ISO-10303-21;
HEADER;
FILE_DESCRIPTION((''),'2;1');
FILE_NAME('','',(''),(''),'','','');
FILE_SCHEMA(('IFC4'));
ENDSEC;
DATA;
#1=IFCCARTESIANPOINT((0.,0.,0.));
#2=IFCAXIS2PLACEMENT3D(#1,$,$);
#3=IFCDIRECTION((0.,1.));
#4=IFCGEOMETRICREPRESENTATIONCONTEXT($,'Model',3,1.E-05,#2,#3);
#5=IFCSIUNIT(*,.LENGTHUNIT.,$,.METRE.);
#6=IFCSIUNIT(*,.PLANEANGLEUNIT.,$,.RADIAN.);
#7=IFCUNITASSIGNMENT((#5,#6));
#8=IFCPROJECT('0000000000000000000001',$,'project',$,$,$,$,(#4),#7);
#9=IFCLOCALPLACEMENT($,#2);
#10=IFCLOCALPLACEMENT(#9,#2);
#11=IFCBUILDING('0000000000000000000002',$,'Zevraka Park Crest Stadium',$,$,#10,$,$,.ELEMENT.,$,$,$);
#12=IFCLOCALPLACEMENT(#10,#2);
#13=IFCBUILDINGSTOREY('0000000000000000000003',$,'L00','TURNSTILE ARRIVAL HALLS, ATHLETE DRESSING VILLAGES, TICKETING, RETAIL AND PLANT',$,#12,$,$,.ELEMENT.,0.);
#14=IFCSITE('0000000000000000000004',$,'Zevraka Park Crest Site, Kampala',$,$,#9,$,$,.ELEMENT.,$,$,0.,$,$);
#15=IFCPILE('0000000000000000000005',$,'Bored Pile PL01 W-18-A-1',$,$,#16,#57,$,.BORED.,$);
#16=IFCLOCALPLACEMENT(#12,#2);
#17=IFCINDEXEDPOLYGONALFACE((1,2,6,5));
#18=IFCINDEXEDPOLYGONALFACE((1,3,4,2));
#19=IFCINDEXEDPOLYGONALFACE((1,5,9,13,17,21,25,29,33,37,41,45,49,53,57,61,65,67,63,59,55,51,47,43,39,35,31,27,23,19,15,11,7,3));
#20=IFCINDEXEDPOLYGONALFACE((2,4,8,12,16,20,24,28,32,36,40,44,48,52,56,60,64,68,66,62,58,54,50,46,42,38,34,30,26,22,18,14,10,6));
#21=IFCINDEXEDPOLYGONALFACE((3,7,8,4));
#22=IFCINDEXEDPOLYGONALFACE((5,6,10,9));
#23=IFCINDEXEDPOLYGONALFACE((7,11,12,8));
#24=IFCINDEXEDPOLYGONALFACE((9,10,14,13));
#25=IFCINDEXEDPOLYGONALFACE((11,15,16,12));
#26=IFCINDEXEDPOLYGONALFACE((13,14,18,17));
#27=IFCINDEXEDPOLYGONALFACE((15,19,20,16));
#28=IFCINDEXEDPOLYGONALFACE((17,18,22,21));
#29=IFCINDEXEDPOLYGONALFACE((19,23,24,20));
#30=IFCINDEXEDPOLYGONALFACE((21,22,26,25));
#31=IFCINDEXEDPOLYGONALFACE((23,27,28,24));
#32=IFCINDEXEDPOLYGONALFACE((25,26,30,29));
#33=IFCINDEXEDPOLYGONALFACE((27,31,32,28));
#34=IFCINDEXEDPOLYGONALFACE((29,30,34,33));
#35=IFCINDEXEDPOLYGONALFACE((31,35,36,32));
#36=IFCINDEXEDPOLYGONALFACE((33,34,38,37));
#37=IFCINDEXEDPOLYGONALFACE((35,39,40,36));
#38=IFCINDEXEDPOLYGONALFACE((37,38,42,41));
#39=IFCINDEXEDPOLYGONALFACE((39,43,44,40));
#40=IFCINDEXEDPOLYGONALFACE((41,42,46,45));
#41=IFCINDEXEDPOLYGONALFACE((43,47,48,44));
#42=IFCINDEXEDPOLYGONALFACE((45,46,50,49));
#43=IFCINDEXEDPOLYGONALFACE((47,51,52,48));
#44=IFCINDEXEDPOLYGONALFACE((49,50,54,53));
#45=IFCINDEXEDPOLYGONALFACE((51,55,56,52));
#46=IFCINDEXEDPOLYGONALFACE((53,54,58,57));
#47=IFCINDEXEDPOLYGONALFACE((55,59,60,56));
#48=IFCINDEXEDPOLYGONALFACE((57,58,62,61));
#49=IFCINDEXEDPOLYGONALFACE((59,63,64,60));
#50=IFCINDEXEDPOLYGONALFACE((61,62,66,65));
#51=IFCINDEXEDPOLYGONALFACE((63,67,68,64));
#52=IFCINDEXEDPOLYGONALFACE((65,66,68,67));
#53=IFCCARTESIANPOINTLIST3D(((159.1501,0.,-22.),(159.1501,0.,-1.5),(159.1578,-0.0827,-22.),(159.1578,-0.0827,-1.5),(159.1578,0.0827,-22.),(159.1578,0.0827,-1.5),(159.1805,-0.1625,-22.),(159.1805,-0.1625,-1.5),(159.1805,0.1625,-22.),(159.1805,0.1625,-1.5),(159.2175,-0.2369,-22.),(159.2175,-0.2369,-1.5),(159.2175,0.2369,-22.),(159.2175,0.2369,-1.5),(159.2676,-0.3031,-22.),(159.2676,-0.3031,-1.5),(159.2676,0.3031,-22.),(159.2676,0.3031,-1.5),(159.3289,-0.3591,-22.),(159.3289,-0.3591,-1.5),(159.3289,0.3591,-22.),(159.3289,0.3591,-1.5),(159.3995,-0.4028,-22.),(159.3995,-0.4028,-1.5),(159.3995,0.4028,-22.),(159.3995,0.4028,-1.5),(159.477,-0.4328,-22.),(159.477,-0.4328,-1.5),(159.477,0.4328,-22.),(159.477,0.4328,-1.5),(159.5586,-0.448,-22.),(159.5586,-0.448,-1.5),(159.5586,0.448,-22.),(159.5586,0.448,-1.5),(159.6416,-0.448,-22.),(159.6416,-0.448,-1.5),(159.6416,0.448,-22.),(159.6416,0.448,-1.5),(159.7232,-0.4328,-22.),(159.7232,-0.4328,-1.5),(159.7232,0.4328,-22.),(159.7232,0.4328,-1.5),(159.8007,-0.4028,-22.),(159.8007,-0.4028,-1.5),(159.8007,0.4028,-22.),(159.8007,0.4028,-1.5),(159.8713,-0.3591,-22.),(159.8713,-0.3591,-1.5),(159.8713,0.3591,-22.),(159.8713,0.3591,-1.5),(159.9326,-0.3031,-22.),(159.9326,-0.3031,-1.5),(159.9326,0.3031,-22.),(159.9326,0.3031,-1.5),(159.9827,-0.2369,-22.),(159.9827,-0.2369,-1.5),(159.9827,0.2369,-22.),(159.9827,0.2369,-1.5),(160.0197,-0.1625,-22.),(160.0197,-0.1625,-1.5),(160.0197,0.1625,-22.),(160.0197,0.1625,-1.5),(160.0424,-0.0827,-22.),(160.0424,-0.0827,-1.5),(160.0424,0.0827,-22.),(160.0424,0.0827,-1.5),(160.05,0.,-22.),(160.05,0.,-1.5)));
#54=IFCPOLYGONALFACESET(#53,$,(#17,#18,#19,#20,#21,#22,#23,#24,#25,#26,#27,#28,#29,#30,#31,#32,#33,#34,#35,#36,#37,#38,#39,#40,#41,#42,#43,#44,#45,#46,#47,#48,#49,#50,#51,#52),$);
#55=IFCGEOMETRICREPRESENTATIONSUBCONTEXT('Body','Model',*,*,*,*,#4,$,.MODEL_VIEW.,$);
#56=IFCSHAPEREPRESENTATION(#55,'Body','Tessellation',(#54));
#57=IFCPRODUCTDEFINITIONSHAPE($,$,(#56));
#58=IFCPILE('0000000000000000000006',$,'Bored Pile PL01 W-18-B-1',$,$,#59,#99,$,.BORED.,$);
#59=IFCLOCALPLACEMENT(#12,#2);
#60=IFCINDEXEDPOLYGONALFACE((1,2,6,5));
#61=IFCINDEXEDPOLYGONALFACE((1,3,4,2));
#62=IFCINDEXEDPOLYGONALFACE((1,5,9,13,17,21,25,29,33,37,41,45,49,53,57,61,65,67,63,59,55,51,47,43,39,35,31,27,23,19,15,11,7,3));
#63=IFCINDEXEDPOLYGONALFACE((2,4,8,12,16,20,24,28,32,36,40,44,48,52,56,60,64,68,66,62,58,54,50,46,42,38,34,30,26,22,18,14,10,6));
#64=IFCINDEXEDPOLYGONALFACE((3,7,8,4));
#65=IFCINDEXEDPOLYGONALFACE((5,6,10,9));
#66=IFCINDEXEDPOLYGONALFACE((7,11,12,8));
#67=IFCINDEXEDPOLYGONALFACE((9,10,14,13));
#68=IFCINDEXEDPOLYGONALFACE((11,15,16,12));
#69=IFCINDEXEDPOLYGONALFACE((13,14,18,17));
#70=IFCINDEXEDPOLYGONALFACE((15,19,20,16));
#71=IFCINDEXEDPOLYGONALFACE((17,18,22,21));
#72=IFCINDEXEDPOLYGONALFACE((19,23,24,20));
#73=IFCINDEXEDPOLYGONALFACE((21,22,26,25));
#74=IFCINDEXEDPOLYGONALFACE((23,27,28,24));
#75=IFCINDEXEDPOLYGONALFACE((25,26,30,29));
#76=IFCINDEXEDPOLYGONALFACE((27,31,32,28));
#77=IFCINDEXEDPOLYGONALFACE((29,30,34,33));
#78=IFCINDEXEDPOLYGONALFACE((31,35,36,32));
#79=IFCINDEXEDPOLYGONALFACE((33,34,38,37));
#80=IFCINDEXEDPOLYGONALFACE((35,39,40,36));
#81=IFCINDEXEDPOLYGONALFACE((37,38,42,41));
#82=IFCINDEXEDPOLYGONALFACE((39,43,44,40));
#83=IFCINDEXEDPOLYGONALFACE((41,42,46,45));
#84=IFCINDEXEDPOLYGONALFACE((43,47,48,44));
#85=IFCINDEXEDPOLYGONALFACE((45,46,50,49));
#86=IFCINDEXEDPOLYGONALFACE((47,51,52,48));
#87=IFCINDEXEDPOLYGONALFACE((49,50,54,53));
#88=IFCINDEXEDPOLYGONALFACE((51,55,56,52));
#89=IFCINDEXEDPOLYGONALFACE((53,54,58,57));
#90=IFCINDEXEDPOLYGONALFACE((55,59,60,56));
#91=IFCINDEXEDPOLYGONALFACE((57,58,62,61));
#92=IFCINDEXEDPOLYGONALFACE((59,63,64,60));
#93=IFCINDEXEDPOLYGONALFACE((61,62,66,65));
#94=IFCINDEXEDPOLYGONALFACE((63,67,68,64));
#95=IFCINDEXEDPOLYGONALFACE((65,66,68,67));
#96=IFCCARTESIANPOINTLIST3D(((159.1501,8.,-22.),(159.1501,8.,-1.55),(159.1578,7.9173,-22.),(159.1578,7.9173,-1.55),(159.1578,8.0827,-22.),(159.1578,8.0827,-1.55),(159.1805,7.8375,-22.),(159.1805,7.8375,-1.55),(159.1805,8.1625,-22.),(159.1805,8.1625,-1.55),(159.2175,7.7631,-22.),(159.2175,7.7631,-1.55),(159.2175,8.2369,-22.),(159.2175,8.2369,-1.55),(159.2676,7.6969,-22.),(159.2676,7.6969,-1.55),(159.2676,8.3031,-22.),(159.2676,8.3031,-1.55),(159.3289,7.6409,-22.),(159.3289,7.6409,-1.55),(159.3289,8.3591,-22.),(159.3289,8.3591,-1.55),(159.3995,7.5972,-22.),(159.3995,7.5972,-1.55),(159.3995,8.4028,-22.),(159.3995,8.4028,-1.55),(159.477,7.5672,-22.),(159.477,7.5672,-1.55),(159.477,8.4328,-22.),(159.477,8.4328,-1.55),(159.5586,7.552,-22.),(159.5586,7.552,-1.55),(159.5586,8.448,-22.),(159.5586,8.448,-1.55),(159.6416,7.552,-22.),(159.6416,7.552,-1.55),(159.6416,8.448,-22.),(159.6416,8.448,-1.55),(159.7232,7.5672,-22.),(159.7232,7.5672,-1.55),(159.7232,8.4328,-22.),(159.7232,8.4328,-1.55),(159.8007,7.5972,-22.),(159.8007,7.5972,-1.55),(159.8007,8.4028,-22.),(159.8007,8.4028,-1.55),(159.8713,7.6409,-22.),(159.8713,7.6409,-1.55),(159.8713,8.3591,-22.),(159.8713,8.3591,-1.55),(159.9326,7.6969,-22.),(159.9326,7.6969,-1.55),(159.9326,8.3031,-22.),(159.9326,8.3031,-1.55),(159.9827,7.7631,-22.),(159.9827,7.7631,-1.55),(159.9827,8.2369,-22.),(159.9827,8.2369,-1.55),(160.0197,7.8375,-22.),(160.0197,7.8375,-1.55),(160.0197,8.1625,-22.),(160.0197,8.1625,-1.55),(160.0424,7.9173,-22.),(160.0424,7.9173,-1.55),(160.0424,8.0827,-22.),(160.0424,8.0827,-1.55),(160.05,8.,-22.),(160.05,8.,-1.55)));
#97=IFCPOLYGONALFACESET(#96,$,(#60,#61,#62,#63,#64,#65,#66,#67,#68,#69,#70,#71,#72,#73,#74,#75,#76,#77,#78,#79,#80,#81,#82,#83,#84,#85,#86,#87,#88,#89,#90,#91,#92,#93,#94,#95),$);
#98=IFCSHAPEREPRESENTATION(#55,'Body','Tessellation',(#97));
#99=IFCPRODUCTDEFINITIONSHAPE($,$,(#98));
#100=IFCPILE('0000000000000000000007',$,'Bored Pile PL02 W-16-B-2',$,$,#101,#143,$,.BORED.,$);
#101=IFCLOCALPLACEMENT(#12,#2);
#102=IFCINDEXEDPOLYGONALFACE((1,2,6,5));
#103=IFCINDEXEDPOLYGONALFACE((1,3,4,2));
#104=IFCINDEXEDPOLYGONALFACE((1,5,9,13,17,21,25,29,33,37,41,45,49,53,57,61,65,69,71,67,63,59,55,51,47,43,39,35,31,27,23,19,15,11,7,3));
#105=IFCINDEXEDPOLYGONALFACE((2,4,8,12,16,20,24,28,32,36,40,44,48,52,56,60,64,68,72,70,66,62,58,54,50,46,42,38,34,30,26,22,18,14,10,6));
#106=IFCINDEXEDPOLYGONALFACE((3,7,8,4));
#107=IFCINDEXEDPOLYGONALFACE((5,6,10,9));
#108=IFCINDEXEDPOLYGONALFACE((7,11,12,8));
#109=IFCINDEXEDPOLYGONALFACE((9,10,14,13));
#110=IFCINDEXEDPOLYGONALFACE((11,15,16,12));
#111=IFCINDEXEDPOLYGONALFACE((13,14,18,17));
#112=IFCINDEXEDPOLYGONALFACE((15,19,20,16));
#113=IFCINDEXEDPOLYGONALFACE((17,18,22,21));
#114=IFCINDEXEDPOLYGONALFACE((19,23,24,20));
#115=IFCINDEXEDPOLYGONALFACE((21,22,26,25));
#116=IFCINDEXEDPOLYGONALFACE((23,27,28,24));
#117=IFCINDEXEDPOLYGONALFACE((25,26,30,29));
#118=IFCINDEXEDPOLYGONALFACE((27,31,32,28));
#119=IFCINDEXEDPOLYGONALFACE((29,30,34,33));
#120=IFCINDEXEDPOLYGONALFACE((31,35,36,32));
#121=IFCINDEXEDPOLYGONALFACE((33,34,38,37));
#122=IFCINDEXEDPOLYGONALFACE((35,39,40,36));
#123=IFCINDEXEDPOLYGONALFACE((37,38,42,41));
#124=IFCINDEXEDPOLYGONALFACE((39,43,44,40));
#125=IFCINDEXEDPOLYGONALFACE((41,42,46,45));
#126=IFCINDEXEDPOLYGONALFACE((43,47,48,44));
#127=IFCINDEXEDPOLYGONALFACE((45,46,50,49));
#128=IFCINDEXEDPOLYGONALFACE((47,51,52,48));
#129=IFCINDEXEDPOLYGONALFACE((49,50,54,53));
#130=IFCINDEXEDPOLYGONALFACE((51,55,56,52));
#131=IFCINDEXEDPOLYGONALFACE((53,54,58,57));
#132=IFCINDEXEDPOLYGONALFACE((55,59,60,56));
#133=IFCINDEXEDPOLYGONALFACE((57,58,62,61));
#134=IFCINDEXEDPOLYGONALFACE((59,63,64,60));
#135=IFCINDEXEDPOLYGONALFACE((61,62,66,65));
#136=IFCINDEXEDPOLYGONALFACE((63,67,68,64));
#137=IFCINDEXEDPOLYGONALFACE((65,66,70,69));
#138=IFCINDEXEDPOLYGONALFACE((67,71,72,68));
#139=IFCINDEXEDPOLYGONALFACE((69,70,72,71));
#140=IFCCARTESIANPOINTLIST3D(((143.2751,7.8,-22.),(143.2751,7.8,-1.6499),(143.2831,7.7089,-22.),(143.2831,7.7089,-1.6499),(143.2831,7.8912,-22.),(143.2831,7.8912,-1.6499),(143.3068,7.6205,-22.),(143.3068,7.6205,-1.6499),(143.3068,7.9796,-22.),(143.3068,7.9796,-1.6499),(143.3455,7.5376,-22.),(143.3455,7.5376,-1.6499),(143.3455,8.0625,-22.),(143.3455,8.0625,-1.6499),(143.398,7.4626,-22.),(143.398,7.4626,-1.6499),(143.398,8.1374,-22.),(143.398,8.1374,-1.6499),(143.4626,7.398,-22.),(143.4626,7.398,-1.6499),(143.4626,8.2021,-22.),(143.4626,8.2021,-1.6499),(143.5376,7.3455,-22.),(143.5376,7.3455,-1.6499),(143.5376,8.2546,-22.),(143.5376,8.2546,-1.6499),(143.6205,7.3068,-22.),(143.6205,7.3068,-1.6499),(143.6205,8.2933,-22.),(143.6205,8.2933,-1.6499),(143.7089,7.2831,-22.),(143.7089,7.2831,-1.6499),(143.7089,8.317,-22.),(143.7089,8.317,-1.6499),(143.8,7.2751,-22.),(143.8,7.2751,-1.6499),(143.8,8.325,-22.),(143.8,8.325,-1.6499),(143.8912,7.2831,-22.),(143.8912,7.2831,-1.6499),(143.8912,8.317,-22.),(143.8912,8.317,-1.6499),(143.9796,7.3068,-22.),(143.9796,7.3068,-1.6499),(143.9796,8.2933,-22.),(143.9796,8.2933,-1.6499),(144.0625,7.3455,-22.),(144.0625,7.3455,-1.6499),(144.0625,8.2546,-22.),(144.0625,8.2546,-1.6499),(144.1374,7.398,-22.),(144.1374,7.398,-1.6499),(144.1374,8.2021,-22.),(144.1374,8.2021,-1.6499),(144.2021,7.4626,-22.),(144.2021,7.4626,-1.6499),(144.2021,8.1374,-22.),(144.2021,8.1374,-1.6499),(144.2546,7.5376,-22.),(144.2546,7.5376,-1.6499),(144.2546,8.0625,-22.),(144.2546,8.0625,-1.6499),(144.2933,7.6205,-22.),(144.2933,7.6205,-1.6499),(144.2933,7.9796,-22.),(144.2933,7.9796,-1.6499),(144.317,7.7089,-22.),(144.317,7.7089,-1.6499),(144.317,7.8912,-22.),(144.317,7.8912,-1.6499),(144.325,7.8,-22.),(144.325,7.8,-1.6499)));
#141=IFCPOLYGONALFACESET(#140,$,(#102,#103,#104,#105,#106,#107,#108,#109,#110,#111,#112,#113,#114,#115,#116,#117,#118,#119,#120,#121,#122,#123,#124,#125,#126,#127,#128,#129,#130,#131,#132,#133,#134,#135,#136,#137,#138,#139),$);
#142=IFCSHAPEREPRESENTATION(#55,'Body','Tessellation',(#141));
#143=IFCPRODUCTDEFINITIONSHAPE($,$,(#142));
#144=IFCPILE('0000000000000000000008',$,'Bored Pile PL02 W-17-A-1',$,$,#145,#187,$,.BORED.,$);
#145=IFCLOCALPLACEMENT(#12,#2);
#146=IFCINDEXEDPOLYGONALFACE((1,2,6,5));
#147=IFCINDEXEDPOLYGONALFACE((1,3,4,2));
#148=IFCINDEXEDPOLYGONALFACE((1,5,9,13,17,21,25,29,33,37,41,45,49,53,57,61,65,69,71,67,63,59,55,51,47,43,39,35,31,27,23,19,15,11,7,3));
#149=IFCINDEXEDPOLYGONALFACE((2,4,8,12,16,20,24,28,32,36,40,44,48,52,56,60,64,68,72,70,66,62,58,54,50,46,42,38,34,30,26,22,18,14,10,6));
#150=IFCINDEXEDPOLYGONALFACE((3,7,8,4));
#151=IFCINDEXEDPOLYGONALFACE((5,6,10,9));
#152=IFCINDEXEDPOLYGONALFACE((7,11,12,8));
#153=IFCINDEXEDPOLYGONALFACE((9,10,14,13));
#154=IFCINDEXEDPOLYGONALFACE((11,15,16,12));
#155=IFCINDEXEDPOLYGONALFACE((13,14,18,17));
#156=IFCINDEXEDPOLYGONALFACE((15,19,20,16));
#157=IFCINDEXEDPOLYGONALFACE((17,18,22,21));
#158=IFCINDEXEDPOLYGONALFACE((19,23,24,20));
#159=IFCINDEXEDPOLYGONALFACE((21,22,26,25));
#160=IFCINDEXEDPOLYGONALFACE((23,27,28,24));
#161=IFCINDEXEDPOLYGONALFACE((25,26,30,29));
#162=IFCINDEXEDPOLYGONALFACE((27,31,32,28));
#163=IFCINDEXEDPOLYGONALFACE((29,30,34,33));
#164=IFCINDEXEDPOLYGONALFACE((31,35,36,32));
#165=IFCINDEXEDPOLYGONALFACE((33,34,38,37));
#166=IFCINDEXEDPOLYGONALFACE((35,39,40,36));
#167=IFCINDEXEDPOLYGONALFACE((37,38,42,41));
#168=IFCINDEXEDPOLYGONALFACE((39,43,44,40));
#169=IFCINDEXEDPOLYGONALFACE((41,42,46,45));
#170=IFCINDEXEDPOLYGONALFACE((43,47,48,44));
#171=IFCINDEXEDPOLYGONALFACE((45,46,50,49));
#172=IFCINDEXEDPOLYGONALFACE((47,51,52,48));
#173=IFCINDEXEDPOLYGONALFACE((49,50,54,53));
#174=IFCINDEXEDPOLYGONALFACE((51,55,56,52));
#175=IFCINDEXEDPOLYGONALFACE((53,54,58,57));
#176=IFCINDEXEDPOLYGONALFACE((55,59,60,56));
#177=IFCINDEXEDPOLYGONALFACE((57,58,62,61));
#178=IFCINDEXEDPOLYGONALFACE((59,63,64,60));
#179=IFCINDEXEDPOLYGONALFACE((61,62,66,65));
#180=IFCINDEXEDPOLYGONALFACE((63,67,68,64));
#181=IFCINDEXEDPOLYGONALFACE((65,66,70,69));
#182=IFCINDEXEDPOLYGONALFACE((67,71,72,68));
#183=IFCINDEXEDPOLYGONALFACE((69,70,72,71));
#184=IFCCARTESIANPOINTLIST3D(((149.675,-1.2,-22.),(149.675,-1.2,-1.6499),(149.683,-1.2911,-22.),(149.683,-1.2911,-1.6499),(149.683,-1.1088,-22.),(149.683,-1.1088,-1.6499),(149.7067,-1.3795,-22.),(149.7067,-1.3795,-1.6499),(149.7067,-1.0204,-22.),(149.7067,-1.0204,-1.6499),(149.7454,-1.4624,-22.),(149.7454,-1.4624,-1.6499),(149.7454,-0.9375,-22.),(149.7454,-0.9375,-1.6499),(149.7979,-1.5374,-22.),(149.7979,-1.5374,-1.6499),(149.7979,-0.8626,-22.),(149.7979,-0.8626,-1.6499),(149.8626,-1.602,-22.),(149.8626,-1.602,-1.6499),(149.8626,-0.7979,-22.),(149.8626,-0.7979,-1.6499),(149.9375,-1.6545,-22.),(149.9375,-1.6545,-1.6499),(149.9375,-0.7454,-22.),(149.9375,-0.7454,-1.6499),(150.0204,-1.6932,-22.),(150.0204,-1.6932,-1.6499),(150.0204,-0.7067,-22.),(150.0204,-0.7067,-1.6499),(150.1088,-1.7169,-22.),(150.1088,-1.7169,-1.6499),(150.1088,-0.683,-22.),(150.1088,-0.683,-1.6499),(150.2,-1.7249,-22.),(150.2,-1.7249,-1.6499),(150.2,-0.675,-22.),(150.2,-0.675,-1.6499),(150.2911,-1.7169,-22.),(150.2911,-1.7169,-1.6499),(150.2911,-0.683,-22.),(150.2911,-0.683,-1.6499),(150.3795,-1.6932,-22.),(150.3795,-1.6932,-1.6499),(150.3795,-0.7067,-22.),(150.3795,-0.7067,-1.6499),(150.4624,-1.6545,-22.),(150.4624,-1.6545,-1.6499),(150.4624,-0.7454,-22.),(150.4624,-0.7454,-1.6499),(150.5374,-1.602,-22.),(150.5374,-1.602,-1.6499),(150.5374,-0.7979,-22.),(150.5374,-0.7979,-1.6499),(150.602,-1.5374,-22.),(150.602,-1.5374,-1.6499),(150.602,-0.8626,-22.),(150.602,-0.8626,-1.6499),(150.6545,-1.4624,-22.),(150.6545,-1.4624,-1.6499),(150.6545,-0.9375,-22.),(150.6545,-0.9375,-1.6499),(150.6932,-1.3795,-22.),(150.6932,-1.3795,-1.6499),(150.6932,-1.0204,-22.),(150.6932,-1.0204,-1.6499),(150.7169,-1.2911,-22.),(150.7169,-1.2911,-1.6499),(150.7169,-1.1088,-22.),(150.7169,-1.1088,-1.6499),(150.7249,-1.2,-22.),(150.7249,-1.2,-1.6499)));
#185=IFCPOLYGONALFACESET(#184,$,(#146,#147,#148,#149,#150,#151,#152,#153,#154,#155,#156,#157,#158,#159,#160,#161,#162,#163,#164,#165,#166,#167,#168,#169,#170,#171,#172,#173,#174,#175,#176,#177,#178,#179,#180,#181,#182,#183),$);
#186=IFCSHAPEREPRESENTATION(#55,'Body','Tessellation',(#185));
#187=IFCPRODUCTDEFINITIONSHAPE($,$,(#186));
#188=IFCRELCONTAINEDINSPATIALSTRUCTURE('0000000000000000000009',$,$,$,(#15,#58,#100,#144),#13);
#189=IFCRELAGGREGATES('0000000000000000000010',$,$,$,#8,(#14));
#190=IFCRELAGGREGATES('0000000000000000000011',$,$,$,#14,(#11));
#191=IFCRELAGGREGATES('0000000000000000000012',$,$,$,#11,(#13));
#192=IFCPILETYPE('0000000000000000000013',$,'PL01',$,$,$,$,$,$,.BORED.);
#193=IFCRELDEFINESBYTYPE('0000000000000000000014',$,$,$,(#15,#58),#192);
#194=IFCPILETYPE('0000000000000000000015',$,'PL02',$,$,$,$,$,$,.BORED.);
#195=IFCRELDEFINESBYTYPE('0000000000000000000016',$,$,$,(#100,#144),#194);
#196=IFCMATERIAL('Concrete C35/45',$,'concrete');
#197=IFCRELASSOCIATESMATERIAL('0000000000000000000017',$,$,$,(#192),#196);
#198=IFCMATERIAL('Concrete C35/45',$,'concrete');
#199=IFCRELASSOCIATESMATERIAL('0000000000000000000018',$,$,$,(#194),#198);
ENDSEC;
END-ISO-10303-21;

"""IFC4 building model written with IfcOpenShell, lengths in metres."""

from ifc_helpers import new_model, si_unit, direction, frame, origin, origin_2d, place, context, subcontext, project, spatial, circle, extrude, material, material_profile, profile_set, type_object, element, save


model = new_model("IFC4")

# Units and contexts
model_context = context("Model", 3, precision=1e-05, world=origin(), true_north=direction((0.0, 1.0)))
body_context = subcontext(model_context, "Body", "Model", "MODEL_VIEW")
ifc_project = project(units=[si_unit("LENGTHUNIT", "METRE"), si_unit("PLANEANGLEUNIT", "RADIAN")], contexts=[model_context])

# Site, building, storey
site_placement = place(None, origin())
site = spatial("IfcSite", under=ifc_project, at=site_placement, Name="Zevraka Park Crest Site, Kampala", CompositionType="ELEMENT", RefElevation=0.0)
building_placement = place(site_placement, origin())
building = spatial("IfcBuilding", under=site, at=building_placement, Name="Zevraka Park Crest Stadium", CompositionType="ELEMENT")
storey_placement = place(building_placement, origin())
storey = spatial("IfcBuildingStorey", under=building, at=storey_placement, Name="L00", Description="TURNSTILE ARRIVAL HALLS, ATHLETE DRESSING VILLAGES, TICKETING, RETAIL AND PLANT", CompositionType="ELEMENT", Elevation=0.0)

# Piles
ifc_material_1 = material(Name="Concrete C35/45", Category="concrete")
ifc_material_profile_1 = material_profile(ifc_material_1, circle(Radius=0.45, at=origin_2d()), Name="PILE D900")
ifc_profile_set_1 = profile_set([ifc_material_profile_1], Name="Concrete C35/45")
pile_type_1 = type_object("IfcPileType", Name="PL01", PredefinedType="BORED", material=ifc_profile_set_1)
pile_1_placement = place(storey_placement, frame((159.6001, 0.0, -1.5), z_axis=(0.0, 0.0, -1.0), x_axis=(1.0, 0.0, 0.0)))
element("IfcPile", 1, at=pile_1_placement, inside=storey, type_object=pile_type_1, Name="Bored Pile PL01 W-18-A-1", PredefinedType="BORED", context=body_context, shape_type="SweptSolid", body=[
    extrude(circle(Radius=0.45, at=origin_2d()), origin(), (0.0, 0.0, 1.0), 20.5),
])
pile_2_placement = place(storey_placement, frame((159.6001, 8.0, -1.55), z_axis=(0.0, 0.0, -1.0), x_axis=(1.0, 0.0, 0.0)))
element("IfcPile", 2, at=pile_2_placement, inside=storey, type_object=pile_type_1, Name="Bored Pile PL01 W-18-B-1", PredefinedType="BORED", context=body_context, shape_type="SweptSolid", body=[
    extrude(circle(Radius=0.45, at=origin_2d()), origin(), (0.0, 0.0, 1.0), 20.45),
])
ifc_material_2 = material(Name="Concrete C35/45", Category="concrete")
ifc_material_profile_2 = material_profile(ifc_material_2, circle(Radius=0.5249, at=origin_2d()), Name="PILE D1050")
ifc_profile_set_2 = profile_set([ifc_material_profile_2], Name="Concrete C35/45")
pile_type_2 = type_object("IfcPileType", Name="PL02", PredefinedType="BORED", material=ifc_profile_set_2)
for number, where, z_axis, x_axis, name in (
    (3, (143.8, 7.8, -1.6499), (0.0, 0.0, -1.0), (1.0, 0.0, 0.0), "Bored Pile PL02 W-16-B-2"),
    (4, (150.2, -1.2, -1.6499), (0.0, 0.0, -1.0), (1.0, 0.0, 0.0), "Bored Pile PL02 W-17-A-1"),
):
    element("IfcPile", number, at=place(storey_placement, frame(where, z_axis=z_axis, x_axis=x_axis)), inside=storey, type_object=pile_type_2, Name=name, PredefinedType="BORED", context=body_context, shape_type="SweptSolid", body=[
        extrude(circle(Radius=0.5249, at=origin_2d()), origin(), (0.0, 0.0, 1.0), 20.3501),
    ])

save(model, "model.ifc")
